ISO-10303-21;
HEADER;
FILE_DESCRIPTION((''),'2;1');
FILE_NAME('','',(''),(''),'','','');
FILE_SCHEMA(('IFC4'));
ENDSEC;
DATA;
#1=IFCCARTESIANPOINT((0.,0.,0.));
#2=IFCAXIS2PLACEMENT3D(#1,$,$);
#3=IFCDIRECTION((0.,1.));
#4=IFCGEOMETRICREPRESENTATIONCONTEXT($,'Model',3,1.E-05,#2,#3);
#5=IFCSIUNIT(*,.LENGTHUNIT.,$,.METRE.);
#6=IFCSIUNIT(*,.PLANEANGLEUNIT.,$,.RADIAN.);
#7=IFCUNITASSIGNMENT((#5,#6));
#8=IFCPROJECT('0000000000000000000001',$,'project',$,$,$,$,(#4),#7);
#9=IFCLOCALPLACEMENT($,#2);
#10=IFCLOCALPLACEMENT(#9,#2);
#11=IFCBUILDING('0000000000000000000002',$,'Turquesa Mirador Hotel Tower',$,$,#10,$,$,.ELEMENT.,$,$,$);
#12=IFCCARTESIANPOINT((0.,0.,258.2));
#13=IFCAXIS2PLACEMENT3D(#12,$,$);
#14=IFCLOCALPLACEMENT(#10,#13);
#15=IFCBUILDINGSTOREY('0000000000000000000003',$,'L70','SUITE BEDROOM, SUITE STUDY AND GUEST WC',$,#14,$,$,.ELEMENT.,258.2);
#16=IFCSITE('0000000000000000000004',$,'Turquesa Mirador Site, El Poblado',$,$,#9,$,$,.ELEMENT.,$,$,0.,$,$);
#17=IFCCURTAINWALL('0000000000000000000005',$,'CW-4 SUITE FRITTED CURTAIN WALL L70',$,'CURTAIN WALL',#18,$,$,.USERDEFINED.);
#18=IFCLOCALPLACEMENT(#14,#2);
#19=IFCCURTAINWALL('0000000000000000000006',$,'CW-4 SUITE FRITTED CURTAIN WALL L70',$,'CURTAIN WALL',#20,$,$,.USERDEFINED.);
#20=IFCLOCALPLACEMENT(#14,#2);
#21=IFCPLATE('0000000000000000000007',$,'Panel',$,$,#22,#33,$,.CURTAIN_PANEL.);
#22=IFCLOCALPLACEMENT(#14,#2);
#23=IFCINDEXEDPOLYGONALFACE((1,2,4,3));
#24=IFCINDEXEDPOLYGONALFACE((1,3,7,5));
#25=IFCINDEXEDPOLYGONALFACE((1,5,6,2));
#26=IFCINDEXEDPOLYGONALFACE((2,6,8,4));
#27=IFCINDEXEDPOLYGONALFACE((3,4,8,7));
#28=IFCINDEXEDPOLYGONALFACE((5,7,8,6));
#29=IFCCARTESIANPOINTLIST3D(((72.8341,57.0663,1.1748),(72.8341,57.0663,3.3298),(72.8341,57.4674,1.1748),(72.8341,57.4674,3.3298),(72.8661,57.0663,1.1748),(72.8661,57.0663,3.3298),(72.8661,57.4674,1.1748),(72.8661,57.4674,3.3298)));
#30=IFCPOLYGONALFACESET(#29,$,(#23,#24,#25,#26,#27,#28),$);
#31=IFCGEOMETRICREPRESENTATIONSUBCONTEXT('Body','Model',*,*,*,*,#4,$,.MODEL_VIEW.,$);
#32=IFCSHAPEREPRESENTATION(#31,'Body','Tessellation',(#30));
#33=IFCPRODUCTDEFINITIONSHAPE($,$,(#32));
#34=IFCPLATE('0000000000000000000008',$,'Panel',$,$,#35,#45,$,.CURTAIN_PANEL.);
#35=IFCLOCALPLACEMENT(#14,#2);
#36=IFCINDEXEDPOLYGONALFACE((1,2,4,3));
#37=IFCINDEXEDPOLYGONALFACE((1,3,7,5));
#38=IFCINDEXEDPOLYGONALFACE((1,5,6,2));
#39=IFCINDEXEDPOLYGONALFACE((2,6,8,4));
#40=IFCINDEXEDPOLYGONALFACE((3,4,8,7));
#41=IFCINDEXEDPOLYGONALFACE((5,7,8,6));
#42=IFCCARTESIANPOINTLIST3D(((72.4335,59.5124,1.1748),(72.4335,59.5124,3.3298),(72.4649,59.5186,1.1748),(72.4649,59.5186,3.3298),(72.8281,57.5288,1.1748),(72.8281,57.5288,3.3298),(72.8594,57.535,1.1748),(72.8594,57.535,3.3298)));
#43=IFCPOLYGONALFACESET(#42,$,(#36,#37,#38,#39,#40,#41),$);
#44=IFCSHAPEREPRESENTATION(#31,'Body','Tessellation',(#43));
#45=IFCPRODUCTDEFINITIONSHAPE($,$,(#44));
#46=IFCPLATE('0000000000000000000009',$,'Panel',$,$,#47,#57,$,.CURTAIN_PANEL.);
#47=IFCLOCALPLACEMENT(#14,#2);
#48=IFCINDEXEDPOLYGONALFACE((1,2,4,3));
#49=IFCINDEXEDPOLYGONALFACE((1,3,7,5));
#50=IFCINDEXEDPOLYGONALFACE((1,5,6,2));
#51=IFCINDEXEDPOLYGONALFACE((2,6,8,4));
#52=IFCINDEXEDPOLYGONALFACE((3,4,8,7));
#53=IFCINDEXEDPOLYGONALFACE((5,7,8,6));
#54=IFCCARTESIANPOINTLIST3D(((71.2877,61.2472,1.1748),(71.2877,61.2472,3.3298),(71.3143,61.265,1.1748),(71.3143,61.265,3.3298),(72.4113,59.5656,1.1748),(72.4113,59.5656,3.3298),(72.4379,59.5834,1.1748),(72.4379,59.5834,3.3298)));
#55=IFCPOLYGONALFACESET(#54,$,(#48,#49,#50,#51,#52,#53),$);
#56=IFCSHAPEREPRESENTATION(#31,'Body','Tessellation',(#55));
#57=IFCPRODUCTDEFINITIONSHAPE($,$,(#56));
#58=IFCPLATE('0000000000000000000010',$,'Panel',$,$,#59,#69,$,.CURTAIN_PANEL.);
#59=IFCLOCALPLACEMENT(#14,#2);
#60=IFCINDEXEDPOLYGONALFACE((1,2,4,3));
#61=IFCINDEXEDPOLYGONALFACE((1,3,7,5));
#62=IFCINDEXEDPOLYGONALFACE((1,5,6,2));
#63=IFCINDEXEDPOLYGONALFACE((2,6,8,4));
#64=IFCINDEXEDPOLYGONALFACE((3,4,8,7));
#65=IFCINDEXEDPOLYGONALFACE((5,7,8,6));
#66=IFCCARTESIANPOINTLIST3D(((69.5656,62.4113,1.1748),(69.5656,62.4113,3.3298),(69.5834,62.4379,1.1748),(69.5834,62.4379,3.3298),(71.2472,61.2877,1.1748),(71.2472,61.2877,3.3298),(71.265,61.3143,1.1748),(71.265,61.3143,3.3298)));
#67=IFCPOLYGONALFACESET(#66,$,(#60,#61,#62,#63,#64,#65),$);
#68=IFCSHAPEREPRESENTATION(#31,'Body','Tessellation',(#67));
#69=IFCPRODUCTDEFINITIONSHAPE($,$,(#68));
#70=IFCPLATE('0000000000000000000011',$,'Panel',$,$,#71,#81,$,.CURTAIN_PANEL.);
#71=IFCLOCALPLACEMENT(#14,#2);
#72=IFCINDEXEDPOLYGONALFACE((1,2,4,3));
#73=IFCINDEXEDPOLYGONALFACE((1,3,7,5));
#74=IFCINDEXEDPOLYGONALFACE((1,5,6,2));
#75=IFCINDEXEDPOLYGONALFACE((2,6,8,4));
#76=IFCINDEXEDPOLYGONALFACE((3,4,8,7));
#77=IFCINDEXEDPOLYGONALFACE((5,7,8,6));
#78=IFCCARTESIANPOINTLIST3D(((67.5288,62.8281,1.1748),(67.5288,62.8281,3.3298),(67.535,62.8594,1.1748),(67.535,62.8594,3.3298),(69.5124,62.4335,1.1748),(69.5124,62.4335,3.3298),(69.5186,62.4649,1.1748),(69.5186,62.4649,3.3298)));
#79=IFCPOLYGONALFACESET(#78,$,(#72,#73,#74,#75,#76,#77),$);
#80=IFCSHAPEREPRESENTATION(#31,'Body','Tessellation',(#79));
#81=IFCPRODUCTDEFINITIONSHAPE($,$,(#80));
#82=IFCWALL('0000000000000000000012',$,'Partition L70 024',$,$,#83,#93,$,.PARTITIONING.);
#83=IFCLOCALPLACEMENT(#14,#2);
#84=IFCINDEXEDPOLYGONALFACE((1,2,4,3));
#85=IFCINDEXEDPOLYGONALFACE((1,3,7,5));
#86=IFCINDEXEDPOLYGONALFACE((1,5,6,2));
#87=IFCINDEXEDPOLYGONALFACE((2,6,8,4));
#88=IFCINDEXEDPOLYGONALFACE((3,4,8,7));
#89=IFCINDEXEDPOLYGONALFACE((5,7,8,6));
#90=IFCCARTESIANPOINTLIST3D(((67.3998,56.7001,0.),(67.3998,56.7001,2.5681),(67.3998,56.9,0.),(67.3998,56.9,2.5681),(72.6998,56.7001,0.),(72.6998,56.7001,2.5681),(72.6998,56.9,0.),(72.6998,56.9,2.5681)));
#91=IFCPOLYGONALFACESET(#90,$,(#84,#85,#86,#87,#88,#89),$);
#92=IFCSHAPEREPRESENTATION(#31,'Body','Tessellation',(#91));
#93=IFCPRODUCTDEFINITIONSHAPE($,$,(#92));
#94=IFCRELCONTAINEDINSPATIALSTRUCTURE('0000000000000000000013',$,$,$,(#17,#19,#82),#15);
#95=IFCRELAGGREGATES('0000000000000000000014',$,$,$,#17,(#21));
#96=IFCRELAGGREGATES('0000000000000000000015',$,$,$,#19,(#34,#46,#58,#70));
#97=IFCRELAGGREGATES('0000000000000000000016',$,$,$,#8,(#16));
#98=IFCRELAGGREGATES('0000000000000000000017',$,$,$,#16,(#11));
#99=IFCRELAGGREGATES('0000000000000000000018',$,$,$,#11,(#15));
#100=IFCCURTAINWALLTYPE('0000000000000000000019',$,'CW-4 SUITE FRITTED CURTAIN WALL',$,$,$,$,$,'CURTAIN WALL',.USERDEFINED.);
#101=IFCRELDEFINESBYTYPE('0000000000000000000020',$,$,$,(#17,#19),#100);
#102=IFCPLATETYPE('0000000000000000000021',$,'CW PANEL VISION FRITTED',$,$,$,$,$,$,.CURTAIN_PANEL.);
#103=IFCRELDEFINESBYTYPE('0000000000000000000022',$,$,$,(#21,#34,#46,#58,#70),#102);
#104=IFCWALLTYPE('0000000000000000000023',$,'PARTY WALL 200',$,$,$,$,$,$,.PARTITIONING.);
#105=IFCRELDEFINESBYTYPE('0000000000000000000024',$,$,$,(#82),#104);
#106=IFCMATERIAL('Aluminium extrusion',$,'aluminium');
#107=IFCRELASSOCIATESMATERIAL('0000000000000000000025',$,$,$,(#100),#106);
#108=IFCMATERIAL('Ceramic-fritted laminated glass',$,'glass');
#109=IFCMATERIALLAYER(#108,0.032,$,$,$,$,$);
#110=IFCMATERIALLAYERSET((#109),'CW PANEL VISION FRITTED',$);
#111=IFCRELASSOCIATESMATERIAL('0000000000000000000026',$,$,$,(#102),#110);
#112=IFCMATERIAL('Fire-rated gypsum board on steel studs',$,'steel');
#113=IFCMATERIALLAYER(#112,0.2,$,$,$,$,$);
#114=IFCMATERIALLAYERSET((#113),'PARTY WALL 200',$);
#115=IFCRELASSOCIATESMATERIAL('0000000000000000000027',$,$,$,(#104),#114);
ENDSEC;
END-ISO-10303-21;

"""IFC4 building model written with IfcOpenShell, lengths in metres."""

from ifc_helpers import new_model, si_unit, direction, frame, frame_2d, origin, origin_2d, place, context, subcontext, project, spatial, rectangle, extrude, material, layer, layer_set, type_object, element, aggregate, save


model = new_model("IFC4")

# Units and contexts
model_context = context("Model", 3, precision=1e-05, world=origin(), true_north=direction((0.0, 1.0)))
body_context = subcontext(model_context, "Body", "Model", "MODEL_VIEW")
ifc_project = project(units=[si_unit("LENGTHUNIT", "METRE"), si_unit("PLANEANGLEUNIT", "RADIAN")], contexts=[model_context])

# Site, building, storey
site_placement = place(None, origin())
site = spatial("IfcSite", under=ifc_project, at=site_placement, Name="Turquesa Mirador Site, El Poblado", CompositionType="ELEMENT", RefElevation=0.0)
building_placement = place(site_placement, origin())
building = spatial("IfcBuilding", under=site, at=building_placement, Name="Turquesa Mirador Hotel Tower", CompositionType="ELEMENT")
storey_placement = place(building_placement, frame((0.0, 0.0, 258.2)))
storey = spatial("IfcBuildingStorey", under=building, at=storey_placement, Name="L70", Description="SUITE BEDROOM, SUITE STUDY AND GUEST WC", CompositionType="ELEMENT", Elevation=258.2)

# Shared definitions
ifc_material_1 = material(Name="Aluminium extrusion", Category="aluminium")
curtain_wall_type = type_object("IfcCurtainWallType", Name="CW-4 SUITE FRITTED CURTAIN WALL", ElementType="CURTAIN WALL", PredefinedType="USERDEFINED", material=ifc_material_1)

# Curtain walls
curtain_wall_1_placement = place(storey_placement, origin())
curtain_wall_1 = element("IfcCurtainWall", 1, at=curtain_wall_1_placement, inside=storey, type_object=curtain_wall_type, Name="CW-4 SUITE FRITTED CURTAIN WALL L70", ObjectType="CURTAIN WALL", PredefinedType="USERDEFINED")
curtain_wall_2_placement = place(storey_placement, origin())
curtain_wall_2 = element("IfcCurtainWall", 2, at=curtain_wall_2_placement, inside=storey, type_object=curtain_wall_type, Name="CW-4 SUITE FRITTED CURTAIN WALL L70", ObjectType="CURTAIN WALL", PredefinedType="USERDEFINED")

# Plates
ifc_material_2 = material(Name="Ceramic-fritted laminated glass", Category="glass")
ifc_layer_1 = layer(ifc_material_2, 0.032)
ifc_layer_set_1 = layer_set([ifc_layer_1], Name="CW PANEL VISION FRITTED")
plate_type_1 = type_object("IfcPlateType", Name="CW PANEL VISION FRITTED", PredefinedType="CURTAIN_PANEL", material=ifc_layer_set_1)
plate_1_placement = place(storey_placement, frame((72.8501, 57.2668, 1.1748), z_axis=(0.0, 0.0, 1.0), x_axis=(0.0, 1.0, 0.0)))
plate_1 = element("IfcPlate", 3, at=plate_1_placement, type_object=plate_type_1, Name="Panel", PredefinedType="CURTAIN_PANEL", context=body_context, shape_type="SweptSolid", body=[
    extrude(rectangle(XDim=0.4011, YDim=0.032, at=origin_2d()), origin(), (0.0, 0.0, 1.0), 2.155),
])
aggregate(curtain_wall_1, [plate_1])
plate_2_placement = place(storey_placement, frame((72.6465, 58.5237, 1.1748), z_axis=(0.0, 0.0, 1.0), x_axis=(-0.195091, 0.980785, 0.0)))
plate_2 = element("IfcPlate", 4, at=plate_2_placement, type_object=plate_type_1, Name="Panel", PredefinedType="CURTAIN_PANEL", context=body_context, shape_type="SweptSolid", body=[
    extrude(rectangle(XDim=2.0225, YDim=0.032, at=origin_2d()), origin(), (0.0, 0.0, 1.0), 2.155),
])
plate_3_placement = place(storey_placement, frame((71.8628, 60.4153, 1.1748), z_axis=(0.0, 0.0, 1.0), x_axis=(-0.55557, 0.83147, 0.0)))
plate_3 = element("IfcPlate", 5, at=plate_3_placement, type_object=plate_type_1, Name="Panel", PredefinedType="CURTAIN_PANEL", context=body_context, shape_type="SweptSolid", body=[
    extrude(rectangle(XDim=2.0225, YDim=0.032, at=origin_2d()), origin(), (0.0, 0.0, 1.0), 2.155),
])
plate_4_placement = place(storey_placement, frame((70.4153, 61.8628, 1.1748), z_axis=(0.0, 0.0, 1.0), x_axis=(-0.83147, 0.55557, 0.0)))
plate_4 = element("IfcPlate", 6, at=plate_4_placement, type_object=plate_type_1, Name="Panel", PredefinedType="CURTAIN_PANEL", context=body_context, shape_type="SweptSolid", body=[
    extrude(rectangle(XDim=2.0225, YDim=0.032, at=origin_2d()), origin(), (0.0, 0.0, 1.0), 2.155),
])
plate_5_placement = place(storey_placement, frame((68.5237, 62.6465, 1.1748), z_axis=(0.0, 0.0, 1.0), x_axis=(-0.980785, 0.195091, 0.0)))
plate_5 = element("IfcPlate", 7, at=plate_5_placement, type_object=plate_type_1, Name="Panel", PredefinedType="CURTAIN_PANEL", context=body_context, shape_type="SweptSolid", body=[
    extrude(rectangle(XDim=2.0225, YDim=0.032, at=origin_2d()), origin(), (0.0, 0.0, 1.0), 2.155),
])
aggregate(curtain_wall_2, [plate_2, plate_3, plate_4, plate_5])

# Wall
ifc_material_3 = material(Name="Fire-rated gypsum board on steel studs", Category="steel")
ifc_layer_2 = layer(ifc_material_3, 0.2)
ifc_layer_set_2 = layer_set([ifc_layer_2], Name="PARTY WALL 200")
wall_type = type_object("IfcWallType", Name="PARTY WALL 200", PredefinedType="PARTITIONING", material=ifc_layer_set_2)
wall_placement = place(storey_placement, frame((67.3999, 56.8, 0.0), z_axis=(0.0, 0.0, 1.0), x_axis=(1.0, 0.0, 0.0)))
element("IfcWall", 8, at=wall_placement, inside=storey, type_object=wall_type, Name="Partition L70 024", PredefinedType="PARTITIONING", context=body_context, shape_type="SweptSolid", body=[
    extrude(rectangle(XDim=5.3, YDim=0.2, at=frame_2d((2.6499, 0.0))), origin(), (0.0, 0.0, 1.0), 2.5681),
])

save(model, "model.ifc")
